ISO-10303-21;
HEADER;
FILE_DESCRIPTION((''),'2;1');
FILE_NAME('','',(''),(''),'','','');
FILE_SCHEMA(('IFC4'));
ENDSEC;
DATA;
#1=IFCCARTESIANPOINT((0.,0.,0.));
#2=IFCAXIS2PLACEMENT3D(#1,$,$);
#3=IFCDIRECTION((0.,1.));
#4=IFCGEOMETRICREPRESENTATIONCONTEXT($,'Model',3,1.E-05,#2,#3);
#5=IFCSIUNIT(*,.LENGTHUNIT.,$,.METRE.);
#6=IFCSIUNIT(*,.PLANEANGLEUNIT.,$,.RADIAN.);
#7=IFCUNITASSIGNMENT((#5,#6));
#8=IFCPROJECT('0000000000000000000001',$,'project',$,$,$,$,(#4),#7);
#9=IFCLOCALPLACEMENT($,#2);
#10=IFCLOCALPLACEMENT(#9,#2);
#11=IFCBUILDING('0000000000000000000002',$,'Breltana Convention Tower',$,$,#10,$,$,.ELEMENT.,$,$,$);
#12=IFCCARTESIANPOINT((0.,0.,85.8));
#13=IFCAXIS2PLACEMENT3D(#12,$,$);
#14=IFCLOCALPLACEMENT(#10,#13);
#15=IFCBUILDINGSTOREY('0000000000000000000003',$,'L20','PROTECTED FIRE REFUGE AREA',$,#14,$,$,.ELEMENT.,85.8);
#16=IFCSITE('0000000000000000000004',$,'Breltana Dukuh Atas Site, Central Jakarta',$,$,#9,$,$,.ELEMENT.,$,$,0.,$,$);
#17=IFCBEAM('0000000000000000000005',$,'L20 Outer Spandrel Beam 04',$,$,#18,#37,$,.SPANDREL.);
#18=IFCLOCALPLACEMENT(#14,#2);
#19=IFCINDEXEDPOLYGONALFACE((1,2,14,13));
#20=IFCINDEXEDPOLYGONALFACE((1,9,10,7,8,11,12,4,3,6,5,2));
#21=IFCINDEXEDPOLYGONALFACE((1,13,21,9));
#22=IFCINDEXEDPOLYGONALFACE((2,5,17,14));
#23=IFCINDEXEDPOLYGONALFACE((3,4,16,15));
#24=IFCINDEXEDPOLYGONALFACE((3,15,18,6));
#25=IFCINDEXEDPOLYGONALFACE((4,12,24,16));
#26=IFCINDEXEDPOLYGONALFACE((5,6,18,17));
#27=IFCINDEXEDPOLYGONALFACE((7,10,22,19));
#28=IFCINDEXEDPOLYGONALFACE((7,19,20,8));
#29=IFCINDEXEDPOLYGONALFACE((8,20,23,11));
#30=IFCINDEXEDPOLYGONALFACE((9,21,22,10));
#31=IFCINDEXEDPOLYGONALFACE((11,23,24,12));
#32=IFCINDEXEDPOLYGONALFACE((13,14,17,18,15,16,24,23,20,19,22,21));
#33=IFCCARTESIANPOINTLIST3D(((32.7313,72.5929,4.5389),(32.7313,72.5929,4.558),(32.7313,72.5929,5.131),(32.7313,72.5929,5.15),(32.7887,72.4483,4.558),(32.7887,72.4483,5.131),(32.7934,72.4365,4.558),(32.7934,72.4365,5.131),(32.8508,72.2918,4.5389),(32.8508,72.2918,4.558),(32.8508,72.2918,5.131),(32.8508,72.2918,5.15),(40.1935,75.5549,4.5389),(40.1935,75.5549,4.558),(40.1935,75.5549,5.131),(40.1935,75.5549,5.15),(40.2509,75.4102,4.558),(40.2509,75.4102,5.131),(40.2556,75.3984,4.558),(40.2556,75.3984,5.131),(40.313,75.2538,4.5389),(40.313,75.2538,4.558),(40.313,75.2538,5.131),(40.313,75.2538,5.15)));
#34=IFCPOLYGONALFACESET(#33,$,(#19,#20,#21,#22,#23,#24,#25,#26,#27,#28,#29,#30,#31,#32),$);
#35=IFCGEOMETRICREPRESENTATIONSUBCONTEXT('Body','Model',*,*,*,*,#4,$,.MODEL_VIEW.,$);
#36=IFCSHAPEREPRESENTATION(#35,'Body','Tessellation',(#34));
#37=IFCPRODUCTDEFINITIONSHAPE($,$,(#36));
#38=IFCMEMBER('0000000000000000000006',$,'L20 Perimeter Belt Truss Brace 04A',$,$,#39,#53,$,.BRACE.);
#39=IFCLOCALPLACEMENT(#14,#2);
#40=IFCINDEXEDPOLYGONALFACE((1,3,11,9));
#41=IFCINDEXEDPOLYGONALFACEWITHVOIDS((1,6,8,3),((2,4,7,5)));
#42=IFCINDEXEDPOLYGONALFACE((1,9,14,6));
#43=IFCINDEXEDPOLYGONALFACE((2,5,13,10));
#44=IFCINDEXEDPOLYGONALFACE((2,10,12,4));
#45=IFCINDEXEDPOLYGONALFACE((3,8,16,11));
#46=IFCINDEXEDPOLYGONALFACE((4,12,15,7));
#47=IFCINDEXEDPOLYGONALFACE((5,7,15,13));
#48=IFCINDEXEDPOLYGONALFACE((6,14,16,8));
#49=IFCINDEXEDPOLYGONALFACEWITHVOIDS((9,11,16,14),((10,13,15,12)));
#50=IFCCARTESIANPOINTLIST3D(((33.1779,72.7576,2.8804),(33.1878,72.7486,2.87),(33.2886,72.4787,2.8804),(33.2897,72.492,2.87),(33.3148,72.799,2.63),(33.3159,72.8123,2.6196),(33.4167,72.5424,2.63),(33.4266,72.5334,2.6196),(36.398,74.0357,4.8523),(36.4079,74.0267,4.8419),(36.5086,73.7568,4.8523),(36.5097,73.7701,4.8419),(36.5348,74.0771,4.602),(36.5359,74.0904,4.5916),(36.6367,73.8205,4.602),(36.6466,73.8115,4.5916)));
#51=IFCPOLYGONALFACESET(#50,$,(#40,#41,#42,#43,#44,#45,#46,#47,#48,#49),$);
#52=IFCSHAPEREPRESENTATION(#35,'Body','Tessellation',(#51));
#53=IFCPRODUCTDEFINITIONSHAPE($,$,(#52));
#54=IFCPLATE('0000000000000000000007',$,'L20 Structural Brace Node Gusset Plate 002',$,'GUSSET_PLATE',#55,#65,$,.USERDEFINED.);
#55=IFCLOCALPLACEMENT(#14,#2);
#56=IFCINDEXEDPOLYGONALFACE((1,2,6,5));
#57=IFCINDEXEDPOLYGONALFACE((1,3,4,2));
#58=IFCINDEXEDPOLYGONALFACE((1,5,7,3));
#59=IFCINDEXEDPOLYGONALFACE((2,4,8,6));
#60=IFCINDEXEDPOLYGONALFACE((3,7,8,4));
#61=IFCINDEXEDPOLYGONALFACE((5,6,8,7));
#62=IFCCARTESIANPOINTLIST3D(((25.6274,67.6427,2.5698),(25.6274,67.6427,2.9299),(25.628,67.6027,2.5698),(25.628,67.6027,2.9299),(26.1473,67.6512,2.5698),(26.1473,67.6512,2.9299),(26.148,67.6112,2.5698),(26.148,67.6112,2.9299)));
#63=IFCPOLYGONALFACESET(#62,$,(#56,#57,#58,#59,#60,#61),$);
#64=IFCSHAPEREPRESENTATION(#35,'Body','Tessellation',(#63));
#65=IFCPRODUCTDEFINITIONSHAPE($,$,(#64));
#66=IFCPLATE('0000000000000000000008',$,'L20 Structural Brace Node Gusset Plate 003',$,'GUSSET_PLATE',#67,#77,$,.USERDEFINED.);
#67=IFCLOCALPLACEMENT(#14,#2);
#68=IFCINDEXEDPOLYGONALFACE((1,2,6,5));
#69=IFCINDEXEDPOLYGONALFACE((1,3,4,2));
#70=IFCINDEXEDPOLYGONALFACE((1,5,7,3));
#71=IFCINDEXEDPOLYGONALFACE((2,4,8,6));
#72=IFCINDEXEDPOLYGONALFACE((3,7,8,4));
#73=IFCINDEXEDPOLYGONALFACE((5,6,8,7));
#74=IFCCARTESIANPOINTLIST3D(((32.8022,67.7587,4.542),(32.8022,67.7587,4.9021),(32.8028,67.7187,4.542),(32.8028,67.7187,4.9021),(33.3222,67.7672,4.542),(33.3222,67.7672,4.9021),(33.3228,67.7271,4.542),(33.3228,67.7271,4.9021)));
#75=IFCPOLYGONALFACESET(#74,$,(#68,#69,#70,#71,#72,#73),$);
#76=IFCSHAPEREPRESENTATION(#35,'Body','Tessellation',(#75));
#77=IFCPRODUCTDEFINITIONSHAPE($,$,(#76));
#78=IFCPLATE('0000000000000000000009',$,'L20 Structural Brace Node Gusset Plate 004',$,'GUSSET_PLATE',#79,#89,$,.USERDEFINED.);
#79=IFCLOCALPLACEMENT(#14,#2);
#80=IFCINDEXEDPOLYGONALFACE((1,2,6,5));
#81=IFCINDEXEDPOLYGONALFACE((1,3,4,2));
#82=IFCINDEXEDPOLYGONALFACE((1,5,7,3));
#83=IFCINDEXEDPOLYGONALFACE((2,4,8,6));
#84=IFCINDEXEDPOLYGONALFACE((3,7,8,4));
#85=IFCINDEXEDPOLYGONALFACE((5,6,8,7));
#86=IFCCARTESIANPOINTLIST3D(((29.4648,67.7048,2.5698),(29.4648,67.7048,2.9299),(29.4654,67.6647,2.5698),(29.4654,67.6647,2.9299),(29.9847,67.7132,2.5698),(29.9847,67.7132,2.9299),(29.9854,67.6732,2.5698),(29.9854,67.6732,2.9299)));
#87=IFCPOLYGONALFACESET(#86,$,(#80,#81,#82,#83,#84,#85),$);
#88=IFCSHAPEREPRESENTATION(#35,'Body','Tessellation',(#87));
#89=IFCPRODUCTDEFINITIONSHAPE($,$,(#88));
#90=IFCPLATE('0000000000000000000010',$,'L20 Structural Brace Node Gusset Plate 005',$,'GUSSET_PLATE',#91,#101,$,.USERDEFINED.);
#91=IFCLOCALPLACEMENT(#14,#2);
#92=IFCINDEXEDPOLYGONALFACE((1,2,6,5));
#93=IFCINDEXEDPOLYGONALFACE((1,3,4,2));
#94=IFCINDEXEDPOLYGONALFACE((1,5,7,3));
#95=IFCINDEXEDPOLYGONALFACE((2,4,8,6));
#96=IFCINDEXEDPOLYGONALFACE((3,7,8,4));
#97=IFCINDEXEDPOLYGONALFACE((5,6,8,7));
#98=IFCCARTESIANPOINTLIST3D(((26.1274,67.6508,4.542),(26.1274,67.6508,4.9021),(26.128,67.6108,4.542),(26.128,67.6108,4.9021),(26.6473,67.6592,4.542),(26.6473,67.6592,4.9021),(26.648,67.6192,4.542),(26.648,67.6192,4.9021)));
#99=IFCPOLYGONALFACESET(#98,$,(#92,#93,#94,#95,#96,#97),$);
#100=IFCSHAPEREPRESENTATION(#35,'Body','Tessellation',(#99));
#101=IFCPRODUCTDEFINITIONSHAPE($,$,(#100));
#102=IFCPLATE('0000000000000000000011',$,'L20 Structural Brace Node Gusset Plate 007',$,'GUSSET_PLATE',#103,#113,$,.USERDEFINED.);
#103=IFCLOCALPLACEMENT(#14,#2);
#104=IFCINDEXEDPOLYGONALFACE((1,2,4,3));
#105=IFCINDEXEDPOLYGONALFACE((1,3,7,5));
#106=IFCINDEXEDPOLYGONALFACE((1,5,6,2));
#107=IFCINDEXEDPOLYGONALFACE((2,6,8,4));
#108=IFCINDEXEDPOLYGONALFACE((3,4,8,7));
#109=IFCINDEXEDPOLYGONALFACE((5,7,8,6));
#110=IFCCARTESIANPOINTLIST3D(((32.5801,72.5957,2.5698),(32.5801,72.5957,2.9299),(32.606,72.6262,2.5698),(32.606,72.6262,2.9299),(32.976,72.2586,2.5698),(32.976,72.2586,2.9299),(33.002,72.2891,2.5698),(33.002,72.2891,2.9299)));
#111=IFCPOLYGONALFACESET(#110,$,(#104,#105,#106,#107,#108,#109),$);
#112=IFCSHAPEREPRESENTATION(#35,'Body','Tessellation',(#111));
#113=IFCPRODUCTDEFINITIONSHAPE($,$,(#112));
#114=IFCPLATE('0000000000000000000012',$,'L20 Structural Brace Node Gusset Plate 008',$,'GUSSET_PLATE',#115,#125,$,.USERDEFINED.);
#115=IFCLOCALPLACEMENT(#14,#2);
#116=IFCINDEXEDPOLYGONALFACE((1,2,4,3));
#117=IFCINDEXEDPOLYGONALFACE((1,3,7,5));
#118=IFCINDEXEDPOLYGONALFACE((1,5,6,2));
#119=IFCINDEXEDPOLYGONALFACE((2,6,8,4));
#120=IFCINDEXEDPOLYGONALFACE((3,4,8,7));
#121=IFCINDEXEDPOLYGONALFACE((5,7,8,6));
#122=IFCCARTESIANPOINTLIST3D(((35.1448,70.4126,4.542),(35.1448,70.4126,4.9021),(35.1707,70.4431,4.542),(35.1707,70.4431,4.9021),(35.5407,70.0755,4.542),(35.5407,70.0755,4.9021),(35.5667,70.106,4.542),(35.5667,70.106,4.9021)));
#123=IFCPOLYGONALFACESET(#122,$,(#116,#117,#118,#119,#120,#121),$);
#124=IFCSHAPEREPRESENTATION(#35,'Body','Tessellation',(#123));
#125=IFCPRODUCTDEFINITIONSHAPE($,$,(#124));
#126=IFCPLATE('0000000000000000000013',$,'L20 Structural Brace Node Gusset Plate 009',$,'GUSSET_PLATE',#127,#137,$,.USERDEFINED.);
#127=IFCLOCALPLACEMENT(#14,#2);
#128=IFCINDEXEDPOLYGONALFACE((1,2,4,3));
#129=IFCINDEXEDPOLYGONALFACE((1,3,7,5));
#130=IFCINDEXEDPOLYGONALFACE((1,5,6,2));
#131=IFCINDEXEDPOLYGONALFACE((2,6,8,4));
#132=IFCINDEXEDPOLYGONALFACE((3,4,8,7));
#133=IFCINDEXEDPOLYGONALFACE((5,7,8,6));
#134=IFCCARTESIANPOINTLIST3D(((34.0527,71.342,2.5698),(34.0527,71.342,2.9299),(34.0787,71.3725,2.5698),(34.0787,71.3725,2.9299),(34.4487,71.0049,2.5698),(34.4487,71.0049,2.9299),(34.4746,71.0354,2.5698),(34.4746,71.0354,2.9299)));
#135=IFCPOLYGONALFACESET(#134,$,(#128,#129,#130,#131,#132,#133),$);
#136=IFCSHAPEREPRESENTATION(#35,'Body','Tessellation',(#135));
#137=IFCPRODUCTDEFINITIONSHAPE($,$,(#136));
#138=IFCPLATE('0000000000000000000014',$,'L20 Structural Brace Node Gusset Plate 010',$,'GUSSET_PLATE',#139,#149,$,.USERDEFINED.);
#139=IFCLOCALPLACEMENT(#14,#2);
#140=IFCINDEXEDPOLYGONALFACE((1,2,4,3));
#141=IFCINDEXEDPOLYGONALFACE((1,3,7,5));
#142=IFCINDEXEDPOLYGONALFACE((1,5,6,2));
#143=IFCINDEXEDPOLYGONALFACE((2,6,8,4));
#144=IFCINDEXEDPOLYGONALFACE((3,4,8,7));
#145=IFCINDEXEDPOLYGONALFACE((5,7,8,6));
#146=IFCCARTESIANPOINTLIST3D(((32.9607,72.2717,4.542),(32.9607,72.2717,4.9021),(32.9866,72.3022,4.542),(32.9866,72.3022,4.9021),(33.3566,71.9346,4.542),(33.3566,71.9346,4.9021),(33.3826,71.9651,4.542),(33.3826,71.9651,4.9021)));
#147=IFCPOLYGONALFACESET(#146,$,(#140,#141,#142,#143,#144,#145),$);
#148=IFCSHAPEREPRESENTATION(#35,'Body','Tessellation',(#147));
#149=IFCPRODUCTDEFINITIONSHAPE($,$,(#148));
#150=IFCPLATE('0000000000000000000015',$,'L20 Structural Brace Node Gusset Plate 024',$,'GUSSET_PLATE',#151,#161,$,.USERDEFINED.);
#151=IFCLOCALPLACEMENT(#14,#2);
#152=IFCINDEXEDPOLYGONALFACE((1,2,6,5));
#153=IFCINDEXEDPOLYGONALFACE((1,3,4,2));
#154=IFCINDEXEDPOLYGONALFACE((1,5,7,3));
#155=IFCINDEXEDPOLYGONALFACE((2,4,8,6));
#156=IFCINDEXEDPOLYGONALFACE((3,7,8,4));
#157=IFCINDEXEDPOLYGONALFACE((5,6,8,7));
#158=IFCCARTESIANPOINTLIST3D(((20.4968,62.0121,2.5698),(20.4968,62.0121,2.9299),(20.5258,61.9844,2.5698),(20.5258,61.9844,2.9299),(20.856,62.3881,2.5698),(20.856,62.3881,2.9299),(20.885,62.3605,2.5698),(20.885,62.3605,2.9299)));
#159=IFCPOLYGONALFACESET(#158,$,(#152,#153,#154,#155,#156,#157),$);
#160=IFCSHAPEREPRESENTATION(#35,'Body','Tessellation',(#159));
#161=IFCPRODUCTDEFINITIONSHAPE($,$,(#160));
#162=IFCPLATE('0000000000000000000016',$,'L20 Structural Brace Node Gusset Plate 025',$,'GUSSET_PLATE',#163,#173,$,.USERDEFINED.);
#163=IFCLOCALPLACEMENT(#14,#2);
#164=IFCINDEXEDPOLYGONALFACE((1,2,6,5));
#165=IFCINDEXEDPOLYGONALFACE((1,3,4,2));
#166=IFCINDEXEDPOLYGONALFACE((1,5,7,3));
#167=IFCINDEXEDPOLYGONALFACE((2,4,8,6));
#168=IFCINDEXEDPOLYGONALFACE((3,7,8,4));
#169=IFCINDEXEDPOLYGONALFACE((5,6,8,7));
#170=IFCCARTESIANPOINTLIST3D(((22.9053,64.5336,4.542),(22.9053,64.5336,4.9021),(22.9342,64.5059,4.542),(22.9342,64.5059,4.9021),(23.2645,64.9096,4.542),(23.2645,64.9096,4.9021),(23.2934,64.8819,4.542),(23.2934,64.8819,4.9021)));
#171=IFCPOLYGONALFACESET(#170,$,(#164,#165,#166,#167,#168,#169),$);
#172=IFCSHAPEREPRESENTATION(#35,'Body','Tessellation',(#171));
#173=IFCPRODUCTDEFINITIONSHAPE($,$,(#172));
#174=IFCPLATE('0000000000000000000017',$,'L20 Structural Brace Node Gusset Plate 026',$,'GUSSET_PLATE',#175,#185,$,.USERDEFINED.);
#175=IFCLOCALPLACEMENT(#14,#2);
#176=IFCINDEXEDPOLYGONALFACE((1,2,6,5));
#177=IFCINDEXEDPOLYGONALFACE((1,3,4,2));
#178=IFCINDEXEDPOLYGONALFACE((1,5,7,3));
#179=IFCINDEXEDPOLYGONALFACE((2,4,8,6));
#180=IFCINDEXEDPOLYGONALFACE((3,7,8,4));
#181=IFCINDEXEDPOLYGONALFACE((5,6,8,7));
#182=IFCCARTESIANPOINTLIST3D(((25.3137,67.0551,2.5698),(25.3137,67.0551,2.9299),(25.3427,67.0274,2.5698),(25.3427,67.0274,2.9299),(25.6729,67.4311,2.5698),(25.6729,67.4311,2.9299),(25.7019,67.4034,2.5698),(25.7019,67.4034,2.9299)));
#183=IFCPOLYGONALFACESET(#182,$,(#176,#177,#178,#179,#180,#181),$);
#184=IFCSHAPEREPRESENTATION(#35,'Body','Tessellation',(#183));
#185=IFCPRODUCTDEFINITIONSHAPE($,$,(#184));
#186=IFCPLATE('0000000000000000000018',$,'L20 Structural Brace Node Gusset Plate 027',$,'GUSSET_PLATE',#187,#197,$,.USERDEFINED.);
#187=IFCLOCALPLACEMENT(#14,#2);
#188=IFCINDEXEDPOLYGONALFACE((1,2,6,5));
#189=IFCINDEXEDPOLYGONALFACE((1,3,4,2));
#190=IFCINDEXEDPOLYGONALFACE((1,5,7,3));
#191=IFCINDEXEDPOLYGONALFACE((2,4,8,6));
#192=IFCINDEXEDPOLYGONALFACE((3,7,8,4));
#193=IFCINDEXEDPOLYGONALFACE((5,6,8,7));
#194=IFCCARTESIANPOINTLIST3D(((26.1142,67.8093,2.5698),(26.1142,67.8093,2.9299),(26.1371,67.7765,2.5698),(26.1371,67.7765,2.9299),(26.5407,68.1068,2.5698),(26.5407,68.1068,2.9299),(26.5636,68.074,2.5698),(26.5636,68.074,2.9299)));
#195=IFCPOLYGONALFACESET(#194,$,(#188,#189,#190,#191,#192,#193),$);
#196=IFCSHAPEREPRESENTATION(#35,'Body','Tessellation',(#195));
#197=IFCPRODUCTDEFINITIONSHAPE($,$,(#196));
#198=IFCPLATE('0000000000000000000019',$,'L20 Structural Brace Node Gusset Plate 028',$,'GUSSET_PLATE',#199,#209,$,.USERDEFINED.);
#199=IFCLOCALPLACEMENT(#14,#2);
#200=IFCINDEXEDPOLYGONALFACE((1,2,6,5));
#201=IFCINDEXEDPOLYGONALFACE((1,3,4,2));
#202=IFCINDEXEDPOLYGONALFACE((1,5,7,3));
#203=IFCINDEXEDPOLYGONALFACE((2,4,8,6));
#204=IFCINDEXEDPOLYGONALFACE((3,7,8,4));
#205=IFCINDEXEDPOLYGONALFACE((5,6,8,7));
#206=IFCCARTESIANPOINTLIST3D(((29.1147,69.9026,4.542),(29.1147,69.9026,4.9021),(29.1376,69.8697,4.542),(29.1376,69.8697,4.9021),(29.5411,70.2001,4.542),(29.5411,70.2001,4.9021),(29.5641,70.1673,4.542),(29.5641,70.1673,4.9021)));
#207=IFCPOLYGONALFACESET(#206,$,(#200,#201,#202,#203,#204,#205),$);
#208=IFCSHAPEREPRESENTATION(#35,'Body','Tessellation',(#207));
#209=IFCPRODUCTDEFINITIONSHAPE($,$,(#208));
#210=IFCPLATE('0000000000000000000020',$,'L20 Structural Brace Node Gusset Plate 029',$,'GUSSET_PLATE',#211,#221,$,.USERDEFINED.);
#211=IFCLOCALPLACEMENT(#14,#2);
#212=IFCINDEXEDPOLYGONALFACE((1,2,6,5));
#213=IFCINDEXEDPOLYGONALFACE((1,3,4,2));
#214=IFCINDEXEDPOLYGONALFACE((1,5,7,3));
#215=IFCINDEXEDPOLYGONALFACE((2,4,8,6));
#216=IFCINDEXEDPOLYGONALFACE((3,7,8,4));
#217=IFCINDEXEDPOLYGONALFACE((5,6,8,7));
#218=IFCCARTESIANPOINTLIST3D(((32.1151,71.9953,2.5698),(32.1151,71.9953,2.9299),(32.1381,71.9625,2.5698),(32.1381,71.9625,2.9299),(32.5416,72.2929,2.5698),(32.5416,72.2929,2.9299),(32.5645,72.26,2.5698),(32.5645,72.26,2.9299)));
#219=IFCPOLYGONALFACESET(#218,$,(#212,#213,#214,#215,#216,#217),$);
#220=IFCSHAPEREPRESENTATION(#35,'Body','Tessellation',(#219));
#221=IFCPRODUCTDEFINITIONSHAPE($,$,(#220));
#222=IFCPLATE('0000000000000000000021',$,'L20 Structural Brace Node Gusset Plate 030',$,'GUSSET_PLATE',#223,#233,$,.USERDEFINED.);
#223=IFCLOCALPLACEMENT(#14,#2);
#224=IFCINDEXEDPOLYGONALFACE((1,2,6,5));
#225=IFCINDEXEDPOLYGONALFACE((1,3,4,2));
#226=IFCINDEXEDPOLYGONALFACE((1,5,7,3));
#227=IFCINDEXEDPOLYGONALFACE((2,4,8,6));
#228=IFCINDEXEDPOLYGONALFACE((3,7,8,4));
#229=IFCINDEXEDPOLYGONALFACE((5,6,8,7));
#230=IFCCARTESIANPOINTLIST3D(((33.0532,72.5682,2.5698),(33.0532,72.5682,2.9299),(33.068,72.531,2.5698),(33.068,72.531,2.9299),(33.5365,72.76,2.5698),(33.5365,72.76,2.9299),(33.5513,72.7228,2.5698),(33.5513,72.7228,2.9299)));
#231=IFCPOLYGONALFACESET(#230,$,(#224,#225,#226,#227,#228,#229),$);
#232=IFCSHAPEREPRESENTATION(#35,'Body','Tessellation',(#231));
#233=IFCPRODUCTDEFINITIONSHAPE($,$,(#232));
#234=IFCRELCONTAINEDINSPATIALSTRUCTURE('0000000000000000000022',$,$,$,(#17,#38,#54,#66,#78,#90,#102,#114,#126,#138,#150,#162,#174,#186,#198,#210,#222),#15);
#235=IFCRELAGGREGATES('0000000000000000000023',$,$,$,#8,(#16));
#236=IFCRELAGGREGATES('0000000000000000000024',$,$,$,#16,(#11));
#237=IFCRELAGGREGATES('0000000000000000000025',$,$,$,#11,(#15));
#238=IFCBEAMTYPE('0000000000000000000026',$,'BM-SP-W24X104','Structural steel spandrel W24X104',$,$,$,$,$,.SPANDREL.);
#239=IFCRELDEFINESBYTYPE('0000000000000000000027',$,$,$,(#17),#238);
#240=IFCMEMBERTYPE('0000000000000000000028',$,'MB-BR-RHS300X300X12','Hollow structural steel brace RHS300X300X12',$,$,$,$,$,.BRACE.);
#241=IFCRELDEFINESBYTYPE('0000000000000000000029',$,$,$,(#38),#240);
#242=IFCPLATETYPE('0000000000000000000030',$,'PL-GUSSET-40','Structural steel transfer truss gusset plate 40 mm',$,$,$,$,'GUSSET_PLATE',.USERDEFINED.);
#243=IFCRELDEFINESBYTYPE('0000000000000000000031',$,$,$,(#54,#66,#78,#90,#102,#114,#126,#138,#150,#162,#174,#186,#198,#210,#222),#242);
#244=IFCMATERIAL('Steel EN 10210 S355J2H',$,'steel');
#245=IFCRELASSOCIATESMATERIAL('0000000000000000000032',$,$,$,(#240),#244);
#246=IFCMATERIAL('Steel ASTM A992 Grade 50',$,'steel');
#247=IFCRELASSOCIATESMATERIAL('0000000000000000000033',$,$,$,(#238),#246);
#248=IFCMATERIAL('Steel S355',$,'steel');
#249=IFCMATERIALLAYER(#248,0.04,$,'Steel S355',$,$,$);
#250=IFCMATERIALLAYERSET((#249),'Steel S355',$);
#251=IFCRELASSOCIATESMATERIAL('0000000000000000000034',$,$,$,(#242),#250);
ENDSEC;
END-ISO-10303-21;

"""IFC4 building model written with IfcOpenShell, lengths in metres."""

from ifc_helpers import new_model, si_unit, direction, frame, origin, origin_2d, place, context, subcontext, project, spatial, rectangle, hollow_rectangle, i_section, extrude, source, transform, mapped, material, layer, layer_set, material_profile, profile_set, type_object, element, save


model = new_model("IFC4")

# Units and contexts
model_context = context("Model", 3, precision=1e-05, world=origin(), true_north=direction((0.0, 1.0)))
body_context = subcontext(model_context, "Body", "Model", "MODEL_VIEW")
ifc_project = project(units=[si_unit("LENGTHUNIT", "METRE"), si_unit("PLANEANGLEUNIT", "RADIAN")], contexts=[model_context])

# Site, building, storey
site_placement = place(None, origin())
site = spatial("IfcSite", under=ifc_project, at=site_placement, Name="Breltana Dukuh Atas Site, Central Jakarta", CompositionType="ELEMENT", RefElevation=0.0)
building_placement = place(site_placement, origin())
building = spatial("IfcBuilding", under=site, at=building_placement, Name="Breltana Convention Tower", CompositionType="ELEMENT")
storey_placement = place(building_placement, frame((0.0, 0.0, 85.8)))
storey = spatial("IfcBuildingStorey", under=building, at=storey_placement, Name="L20", Description="PROTECTED FIRE REFUGE AREA", CompositionType="ELEMENT", Elevation=85.8)

# Shared definitions
ifc_material_1 = material(Name="Steel EN 10210 S355J2H", Category="steel")
ifc_material_profile_1 = material_profile(ifc_material_1, hollow_rectangle(XDim=0.3, YDim=0.3, WallThickness=0.012, at=origin_2d()), Name="RHS300X300X12")
ifc_profile_set_1 = profile_set([ifc_material_profile_1], Name="Steel EN 10210 S355J2H")
member_type_1 = type_object("IfcMemberType", Name="MB-BR-RHS300X300X12", Description="Hollow structural steel brace RHS300X300X12", PredefinedType="BRACE", material=ifc_profile_set_1)

# Shared definitions
ifc_material_2 = material(Name="Steel ASTM A992 Grade 50", Category="steel")
ifc_material_profile_2 = material_profile(ifc_material_2, i_section(OverallWidth=0.324, OverallDepth=0.6111, WebThickness=0.0127, FlangeThickness=0.019, at=origin_2d()), Name="W24X104")
ifc_profile_set_2 = profile_set([ifc_material_profile_2], Name="Steel ASTM A992 Grade 50")
beam_type = type_object("IfcBeamType", Name="BM-SP-W24X104", Description="Structural steel spandrel W24X104", PredefinedType="SPANDREL", material=ifc_profile_set_2)

# Beam
shared_shape_1 = source(origin(), body_context, "Body", "SweptSolid", [
    extrude(i_section(OverallWidth=0.324, OverallDepth=0.6111, WebThickness=0.0127, FlangeThickness=0.019, at=origin_2d()), origin(), (0.0, 0.0, 1.0), 8.0286),
])
for number, where, z_axis, x_axis, name in (
    (1, (32.791, 72.4424, 4.8445), (0.929459, 0.368925, 0.0), (-0.368925, 0.929459, 0.0), "L20 Outer Spandrel Beam 04"),
):
    element("IfcBeam", number, at=place(storey_placement, frame(where, z_axis=z_axis, x_axis=x_axis)), inside=storey, type_object=beam_type, Name=name, PredefinedType="SPANDREL", context=body_context, shape_type="MappedRepresentation", body=[
        mapped(shared_shape_1, transform((0.0, 0.0, 0.0), scale=1.0)),
    ])

# Member
shared_shape_2 = source(origin(), body_context, "Body", "SweptSolid", [
    extrude(hollow_rectangle(XDim=0.3, YDim=0.3, WallThickness=0.012, at=origin_2d()), origin(), (0.0, 0.0, 1.0), 3.9863),
])
member_1_placement = place(storey_placement, frame((33.3022, 72.6455, 2.75), z_axis=(0.80777, 0.320621, 0.494682), x_axis=(-0.368923, 0.92946, 0.0)))
element("IfcMember", 2, at=member_1_placement, inside=storey, type_object=member_type_1, Name="L20 Perimeter Belt Truss Brace 04A", PredefinedType="BRACE", context=body_context, shape_type="MappedRepresentation", body=[
    mapped(shared_shape_2, transform((0.0, 0.0, 0.0), scale=1.0)),
])

# Plates
ifc_material_3 = material(Name="Steel S355", Category="steel")
ifc_layer_1 = layer(ifc_material_3, 0.04, Name="Steel S355")
ifc_layer_set_1 = layer_set([ifc_layer_1], Name="Steel S355")
plate_type = type_object("IfcPlateType", Name="PL-GUSSET-40", Description="Structural steel transfer truss gusset plate 40 mm", ElementType="GUSSET_PLATE", PredefinedType="USERDEFINED", material=ifc_layer_set_1)
shared_shape_3 = source(origin(), body_context, "Body", "SweptSolid", [
    extrude(rectangle(XDim=0.52, YDim=0.04, at=origin_2d()), origin(), (0.0, 0.0, 1.0), 0.3601),
])
for number, where, z_axis, x_axis, name in (
    (3, (25.8877, 67.627, 2.5698), (0.0, 0.0, 1.0), (-0.999868, -0.016231, 0.0), "L20 Structural Brace Node Gusset Plate 002"),
    (4, (33.0625, 67.7429, 4.542), (0.0, 0.0, 1.0), (-0.999868, -0.016231, 0.0), "L20 Structural Brace Node Gusset Plate 003"),
    (5, (29.7251, 67.689, 2.5698), (0.0, 0.0, 1.0), (-0.999868, -0.016231, 0.0), "L20 Structural Brace Node Gusset Plate 004"),
    (6, (26.3877, 67.635, 4.542), (0.0, 0.0, 1.0), (-0.999868, -0.016231, 0.0), "L20 Structural Brace Node Gusset Plate 005"),
    (7, (32.791, 72.4424, 2.5698), (0.0, 0.0, 1.0), (-0.761425, 0.648253, 0.0), "L20 Structural Brace Node Gusset Plate 007"),
    (8, (35.3557, 70.2593, 4.542), (0.0, 0.0, 1.0), (-0.761425, 0.648253, 0.0), "L20 Structural Brace Node Gusset Plate 008"),
    (9, (34.2637, 71.1887, 2.5698), (0.0, 0.0, 1.0), (-0.761425, 0.648253, 0.0), "L20 Structural Brace Node Gusset Plate 009"),
    (10, (33.1716, 72.1184, 4.542), (0.0, 0.0, 1.0), (-0.761425, 0.648253, 0.0), "L20 Structural Brace Node Gusset Plate 010"),
    (11, (20.6909, 62.1863, 2.5698), (0.0, 0.0, 1.0), (0.690756, 0.723088, 0.0), "L20 Structural Brace Node Gusset Plate 024"),
    (12, (23.0994, 64.7078, 4.542), (0.0, 0.0, 1.0), (0.690756, 0.723088, 0.0), "L20 Structural Brace Node Gusset Plate 025"),
    (13, (25.5078, 67.2292, 2.5698), (0.0, 0.0, 1.0), (0.690756, 0.723088, 0.0), "L20 Structural Brace Node Gusset Plate 026"),
    (14, (26.3389, 67.9417, 2.5698), (0.0, 0.0, 1.0), (0.820152, 0.572146, 0.0), "L20 Structural Brace Node Gusset Plate 027"),
    (15, (29.3394, 70.0349, 4.542), (0.0, 0.0, 1.0), (0.820152, 0.572146, 0.0), "L20 Structural Brace Node Gusset Plate 028"),
    (16, (32.3398, 72.1277, 2.5698), (0.0, 0.0, 1.0), (0.820152, 0.572146, 0.0), "L20 Structural Brace Node Gusset Plate 029"),
    (17, (33.3022, 72.6455, 2.5698), (0.0, 0.0, 1.0), (0.929455, 0.368936, 0.0), "L20 Structural Brace Node Gusset Plate 030"),
):
    element("IfcPlate", number, at=place(storey_placement, frame(where, z_axis=z_axis, x_axis=x_axis)), inside=storey, type_object=plate_type, Name=name, ObjectType="GUSSET_PLATE", PredefinedType="USERDEFINED", context=body_context, shape_type="MappedRepresentation", body=[
        mapped(shared_shape_3, transform((0.0, 0.0, 0.0), scale=1.0)),
    ])

save(model, "model.ifc")
